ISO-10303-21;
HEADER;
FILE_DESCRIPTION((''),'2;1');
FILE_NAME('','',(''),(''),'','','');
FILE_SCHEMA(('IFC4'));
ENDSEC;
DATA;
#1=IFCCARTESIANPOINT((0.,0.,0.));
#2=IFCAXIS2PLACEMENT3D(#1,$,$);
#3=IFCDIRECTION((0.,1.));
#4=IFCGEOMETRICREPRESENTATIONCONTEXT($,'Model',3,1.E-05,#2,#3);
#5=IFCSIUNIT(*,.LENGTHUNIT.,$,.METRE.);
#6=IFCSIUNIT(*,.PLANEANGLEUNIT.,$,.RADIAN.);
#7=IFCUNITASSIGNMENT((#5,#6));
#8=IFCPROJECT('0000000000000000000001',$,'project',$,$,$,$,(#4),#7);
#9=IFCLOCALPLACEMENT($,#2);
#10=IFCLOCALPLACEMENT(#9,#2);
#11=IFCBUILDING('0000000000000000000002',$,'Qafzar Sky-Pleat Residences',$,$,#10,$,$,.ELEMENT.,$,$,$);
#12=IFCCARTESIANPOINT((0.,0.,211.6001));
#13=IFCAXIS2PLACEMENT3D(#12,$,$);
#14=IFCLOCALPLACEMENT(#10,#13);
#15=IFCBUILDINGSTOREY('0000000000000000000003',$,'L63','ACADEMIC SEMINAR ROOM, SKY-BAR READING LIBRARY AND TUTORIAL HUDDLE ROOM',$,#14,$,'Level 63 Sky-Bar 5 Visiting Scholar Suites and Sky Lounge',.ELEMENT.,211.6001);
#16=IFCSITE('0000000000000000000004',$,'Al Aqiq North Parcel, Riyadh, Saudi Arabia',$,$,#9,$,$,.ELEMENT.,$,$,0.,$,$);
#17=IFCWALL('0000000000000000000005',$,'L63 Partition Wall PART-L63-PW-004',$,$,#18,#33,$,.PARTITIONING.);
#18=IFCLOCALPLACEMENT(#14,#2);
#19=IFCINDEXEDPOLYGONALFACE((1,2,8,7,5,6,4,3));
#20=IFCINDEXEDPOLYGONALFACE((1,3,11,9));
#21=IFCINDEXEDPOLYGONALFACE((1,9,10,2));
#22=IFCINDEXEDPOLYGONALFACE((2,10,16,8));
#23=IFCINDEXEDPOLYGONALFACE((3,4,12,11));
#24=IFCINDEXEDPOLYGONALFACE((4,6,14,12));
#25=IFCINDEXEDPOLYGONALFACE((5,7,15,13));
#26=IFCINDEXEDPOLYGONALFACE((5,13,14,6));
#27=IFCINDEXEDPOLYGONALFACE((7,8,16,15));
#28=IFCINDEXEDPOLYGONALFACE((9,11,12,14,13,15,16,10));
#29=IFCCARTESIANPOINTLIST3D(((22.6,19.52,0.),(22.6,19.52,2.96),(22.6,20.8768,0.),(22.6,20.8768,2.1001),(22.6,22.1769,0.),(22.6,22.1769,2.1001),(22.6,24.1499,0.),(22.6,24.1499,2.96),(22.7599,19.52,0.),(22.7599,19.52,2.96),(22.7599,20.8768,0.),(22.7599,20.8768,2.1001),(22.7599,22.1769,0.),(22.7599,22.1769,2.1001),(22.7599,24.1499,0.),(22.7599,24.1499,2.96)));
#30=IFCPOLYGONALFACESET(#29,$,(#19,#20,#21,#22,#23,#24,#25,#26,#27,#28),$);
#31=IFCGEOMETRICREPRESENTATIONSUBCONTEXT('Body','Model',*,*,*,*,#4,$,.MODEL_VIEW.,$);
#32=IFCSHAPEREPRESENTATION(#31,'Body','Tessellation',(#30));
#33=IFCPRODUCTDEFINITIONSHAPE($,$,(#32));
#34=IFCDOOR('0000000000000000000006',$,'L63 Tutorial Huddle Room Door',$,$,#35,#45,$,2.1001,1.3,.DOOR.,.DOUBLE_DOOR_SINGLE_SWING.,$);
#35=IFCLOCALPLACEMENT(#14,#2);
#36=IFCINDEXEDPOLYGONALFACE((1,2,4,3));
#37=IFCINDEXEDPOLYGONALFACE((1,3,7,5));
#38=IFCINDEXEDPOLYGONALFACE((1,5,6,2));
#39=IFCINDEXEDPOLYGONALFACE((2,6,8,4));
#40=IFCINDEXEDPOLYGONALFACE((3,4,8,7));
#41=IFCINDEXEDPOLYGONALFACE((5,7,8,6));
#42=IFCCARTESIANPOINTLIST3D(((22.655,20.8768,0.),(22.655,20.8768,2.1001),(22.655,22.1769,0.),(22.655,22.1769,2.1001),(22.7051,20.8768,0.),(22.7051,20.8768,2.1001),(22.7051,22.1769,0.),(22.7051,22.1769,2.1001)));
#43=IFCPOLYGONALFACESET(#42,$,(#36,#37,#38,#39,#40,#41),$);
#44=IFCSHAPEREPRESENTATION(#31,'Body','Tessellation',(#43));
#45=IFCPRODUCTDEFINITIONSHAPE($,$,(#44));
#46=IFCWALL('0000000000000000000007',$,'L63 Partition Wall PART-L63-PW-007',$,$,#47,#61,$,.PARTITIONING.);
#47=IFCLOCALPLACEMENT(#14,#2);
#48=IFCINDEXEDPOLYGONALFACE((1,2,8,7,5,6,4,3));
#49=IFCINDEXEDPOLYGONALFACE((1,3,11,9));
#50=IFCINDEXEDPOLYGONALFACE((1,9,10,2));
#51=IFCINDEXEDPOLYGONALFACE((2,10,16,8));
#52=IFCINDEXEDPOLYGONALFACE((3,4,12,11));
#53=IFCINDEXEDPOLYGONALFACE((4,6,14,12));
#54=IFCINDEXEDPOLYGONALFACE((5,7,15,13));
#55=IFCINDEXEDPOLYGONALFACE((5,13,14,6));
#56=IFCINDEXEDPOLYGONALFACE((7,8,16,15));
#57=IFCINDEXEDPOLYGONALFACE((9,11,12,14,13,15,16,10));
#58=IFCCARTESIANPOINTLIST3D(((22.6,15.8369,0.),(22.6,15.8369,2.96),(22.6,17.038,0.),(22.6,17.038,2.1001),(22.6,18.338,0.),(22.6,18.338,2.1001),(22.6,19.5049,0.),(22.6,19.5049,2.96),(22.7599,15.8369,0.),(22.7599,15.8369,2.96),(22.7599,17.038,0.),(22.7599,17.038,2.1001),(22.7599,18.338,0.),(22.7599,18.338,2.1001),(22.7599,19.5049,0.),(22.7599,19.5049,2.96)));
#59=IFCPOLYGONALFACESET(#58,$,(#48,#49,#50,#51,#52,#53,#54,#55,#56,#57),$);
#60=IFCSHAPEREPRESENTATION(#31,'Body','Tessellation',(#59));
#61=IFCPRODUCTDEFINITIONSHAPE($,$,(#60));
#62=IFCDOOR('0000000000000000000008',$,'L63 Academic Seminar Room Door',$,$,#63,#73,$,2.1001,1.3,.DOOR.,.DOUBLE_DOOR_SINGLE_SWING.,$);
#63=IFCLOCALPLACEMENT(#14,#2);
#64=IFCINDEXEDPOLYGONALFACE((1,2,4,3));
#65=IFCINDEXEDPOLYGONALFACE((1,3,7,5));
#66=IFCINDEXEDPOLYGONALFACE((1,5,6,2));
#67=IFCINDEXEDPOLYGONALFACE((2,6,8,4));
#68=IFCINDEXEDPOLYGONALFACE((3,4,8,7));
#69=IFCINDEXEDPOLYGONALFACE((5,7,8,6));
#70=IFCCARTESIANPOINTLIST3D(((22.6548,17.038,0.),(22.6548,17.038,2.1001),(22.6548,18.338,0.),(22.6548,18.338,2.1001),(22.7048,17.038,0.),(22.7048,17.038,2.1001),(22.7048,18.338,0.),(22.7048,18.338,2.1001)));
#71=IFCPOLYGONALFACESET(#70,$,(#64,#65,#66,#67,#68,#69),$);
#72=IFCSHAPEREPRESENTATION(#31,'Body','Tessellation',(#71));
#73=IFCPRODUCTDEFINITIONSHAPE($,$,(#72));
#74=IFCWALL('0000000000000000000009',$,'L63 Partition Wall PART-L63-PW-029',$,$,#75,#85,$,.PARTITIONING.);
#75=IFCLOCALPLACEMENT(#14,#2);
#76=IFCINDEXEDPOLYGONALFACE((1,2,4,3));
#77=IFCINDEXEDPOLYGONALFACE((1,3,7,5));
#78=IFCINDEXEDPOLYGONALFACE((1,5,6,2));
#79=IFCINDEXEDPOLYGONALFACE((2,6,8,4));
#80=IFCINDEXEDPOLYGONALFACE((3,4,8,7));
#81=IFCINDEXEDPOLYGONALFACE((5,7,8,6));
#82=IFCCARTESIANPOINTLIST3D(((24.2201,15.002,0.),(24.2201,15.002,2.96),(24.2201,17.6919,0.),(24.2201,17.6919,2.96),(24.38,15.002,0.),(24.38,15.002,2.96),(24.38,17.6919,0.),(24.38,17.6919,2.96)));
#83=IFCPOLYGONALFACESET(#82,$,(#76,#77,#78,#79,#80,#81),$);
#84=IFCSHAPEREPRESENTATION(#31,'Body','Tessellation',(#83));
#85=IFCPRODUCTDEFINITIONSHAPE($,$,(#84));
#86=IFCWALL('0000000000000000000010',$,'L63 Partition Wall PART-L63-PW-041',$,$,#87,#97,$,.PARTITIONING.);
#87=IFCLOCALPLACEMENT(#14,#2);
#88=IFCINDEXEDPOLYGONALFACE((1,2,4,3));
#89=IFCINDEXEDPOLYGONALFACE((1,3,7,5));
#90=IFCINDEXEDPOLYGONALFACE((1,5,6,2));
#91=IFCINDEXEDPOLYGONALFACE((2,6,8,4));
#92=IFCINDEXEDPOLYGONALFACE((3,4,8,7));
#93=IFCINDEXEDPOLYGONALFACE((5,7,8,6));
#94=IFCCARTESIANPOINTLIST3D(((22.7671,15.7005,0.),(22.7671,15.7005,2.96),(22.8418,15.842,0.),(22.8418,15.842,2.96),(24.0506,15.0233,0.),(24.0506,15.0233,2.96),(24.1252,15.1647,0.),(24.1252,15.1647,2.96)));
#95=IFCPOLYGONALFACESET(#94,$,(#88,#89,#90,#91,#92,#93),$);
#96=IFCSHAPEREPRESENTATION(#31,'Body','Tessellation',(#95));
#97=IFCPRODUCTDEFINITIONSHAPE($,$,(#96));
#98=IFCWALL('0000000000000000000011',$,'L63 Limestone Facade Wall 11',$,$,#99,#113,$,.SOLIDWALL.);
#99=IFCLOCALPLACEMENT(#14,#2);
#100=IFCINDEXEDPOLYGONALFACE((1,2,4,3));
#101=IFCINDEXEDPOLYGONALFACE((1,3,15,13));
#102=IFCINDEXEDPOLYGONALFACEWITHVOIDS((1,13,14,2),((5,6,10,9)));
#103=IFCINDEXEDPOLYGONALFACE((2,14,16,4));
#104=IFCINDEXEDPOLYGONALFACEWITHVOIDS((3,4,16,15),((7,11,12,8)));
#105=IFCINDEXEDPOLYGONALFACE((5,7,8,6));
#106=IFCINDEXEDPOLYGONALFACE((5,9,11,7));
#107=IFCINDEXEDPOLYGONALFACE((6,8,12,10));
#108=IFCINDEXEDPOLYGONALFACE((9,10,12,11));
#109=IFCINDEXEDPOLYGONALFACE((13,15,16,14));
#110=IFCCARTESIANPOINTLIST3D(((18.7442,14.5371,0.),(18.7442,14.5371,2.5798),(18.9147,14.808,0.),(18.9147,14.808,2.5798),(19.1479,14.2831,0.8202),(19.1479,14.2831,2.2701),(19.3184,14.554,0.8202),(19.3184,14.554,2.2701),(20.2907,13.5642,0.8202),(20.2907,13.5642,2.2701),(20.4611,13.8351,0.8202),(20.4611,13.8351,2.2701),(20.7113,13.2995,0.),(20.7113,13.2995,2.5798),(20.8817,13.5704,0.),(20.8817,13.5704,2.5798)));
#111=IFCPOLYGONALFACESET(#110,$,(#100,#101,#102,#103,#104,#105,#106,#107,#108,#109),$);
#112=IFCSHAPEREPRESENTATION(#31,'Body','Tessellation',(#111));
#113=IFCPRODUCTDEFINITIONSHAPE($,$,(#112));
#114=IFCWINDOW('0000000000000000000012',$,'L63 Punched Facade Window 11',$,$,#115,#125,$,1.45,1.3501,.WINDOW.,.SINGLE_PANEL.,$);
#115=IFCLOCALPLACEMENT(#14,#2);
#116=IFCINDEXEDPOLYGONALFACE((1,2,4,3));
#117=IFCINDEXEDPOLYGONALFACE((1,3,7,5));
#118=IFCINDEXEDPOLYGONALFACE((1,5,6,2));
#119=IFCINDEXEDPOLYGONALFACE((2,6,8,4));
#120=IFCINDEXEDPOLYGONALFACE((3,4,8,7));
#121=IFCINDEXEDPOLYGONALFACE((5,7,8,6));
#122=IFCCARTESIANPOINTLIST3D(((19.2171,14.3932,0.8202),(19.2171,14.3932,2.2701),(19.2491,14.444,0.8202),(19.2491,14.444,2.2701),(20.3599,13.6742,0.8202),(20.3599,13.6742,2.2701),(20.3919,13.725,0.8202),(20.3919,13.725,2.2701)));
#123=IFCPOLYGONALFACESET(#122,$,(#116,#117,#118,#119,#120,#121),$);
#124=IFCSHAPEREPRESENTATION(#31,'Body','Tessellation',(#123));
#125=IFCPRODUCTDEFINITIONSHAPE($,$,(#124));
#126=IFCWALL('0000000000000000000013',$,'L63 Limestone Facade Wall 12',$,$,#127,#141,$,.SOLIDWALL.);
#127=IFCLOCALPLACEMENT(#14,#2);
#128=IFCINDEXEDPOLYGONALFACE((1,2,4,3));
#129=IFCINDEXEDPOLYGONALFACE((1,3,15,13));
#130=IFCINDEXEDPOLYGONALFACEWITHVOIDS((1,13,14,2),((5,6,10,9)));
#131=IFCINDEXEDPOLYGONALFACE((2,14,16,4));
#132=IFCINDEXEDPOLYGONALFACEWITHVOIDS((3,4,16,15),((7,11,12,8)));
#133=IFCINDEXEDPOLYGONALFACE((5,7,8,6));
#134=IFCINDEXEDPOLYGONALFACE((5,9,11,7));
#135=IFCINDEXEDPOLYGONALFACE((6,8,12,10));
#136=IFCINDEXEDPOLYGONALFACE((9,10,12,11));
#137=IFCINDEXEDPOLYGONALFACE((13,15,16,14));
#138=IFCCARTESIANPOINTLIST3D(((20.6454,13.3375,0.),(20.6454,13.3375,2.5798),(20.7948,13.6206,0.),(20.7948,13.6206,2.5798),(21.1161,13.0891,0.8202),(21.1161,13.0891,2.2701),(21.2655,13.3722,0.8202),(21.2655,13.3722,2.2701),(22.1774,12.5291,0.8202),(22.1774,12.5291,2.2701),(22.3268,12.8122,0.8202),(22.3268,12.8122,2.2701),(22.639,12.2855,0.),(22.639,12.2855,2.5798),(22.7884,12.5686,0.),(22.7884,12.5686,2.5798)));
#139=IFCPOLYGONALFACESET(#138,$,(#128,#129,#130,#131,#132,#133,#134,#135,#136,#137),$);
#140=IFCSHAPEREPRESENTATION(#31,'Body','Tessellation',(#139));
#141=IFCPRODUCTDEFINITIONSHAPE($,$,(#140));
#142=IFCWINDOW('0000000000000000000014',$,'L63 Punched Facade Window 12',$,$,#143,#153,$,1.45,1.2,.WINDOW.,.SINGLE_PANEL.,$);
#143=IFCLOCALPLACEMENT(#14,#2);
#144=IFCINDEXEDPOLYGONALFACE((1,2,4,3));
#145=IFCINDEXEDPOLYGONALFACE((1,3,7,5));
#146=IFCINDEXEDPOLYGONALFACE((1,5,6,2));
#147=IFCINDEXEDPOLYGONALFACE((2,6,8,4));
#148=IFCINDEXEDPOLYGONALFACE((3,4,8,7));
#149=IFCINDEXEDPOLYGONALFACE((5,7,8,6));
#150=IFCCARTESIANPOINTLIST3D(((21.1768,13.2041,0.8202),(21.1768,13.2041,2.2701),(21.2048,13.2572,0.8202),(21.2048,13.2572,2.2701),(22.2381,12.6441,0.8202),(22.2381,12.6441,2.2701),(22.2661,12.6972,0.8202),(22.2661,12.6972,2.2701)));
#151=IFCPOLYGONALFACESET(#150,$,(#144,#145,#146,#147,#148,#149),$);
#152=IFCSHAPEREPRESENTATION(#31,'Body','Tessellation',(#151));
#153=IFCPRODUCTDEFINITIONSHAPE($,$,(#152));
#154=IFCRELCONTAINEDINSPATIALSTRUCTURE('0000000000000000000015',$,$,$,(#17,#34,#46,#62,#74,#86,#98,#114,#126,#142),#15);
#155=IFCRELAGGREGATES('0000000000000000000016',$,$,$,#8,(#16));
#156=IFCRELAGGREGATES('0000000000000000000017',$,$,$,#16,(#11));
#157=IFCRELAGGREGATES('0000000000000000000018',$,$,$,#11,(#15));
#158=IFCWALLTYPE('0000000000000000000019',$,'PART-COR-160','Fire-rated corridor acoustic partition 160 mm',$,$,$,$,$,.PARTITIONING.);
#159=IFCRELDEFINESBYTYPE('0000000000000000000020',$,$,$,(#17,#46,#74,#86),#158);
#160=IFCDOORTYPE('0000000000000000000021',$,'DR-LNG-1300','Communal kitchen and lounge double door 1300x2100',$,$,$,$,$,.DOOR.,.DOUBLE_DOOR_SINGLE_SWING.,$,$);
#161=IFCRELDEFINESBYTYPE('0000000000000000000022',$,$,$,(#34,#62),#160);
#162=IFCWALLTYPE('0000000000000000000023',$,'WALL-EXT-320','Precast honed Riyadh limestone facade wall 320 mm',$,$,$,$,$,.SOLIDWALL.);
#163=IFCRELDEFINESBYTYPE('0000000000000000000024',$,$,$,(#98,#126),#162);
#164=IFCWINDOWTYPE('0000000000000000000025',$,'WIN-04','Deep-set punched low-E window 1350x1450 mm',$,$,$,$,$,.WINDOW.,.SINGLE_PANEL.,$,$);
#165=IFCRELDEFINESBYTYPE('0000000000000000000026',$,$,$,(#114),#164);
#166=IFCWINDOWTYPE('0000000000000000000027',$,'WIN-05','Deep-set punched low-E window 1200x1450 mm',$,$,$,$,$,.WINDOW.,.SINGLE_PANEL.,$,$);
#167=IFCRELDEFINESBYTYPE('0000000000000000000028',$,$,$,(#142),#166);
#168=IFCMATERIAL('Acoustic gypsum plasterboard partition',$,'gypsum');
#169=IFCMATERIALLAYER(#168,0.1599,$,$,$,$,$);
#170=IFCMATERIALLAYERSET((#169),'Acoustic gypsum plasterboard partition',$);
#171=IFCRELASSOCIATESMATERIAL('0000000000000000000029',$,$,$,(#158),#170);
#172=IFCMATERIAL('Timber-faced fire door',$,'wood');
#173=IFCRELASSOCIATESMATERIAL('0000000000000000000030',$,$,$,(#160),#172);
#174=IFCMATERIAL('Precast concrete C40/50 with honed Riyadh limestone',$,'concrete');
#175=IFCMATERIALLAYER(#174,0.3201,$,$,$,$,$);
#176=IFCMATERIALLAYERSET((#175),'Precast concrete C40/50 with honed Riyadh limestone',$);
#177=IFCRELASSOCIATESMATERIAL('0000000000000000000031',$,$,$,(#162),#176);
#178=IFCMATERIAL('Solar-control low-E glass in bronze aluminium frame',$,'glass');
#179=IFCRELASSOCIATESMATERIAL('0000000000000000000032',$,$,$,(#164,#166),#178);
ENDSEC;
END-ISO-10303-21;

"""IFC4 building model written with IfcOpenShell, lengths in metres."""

from ifc_helpers import new_model, si_unit, direction, frame, frame_2d, origin, place, context, subcontext, project, spatial, rectangle, extrude, source, transform, mapped, material, layer, layer_set, type_object, element, fill, save


model = new_model("IFC4")

# Units and contexts
model_context = context("Model", 3, precision=1e-05, world=origin(), true_north=direction((0.0, 1.0)))
body_context = subcontext(model_context, "Body", "Model", "MODEL_VIEW")
ifc_project = project(units=[si_unit("LENGTHUNIT", "METRE"), si_unit("PLANEANGLEUNIT", "RADIAN")], contexts=[model_context])

# Site, building, storey
site_placement = place(None, origin())
site = spatial("IfcSite", under=ifc_project, at=site_placement, Name="Al Aqiq North Parcel, Riyadh, Saudi Arabia", CompositionType="ELEMENT", RefElevation=0.0)
building_placement = place(site_placement, origin())
building = spatial("IfcBuilding", under=site, at=building_placement, Name="Qafzar Sky-Pleat Residences", CompositionType="ELEMENT")
storey_placement = place(building_placement, frame((0.0, 0.0, 211.6001)))
storey = spatial("IfcBuildingStorey", under=building, at=storey_placement, Name="L63", Description="ACADEMIC SEMINAR ROOM, SKY-BAR READING LIBRARY AND TUTORIAL HUDDLE ROOM", LongName="Level 63 Sky-Bar 5 Visiting Scholar Suites and Sky Lounge", CompositionType="ELEMENT", Elevation=211.6001)

# Walls, openings, doors
ifc_material_1 = material(Name="Acoustic gypsum plasterboard partition", Category="gypsum")
ifc_layer_1 = layer(ifc_material_1, 0.1599)
ifc_layer_set_1 = layer_set([ifc_layer_1], Name="Acoustic gypsum plasterboard partition")
wall_type_1 = type_object("IfcWallType", Name="PART-COR-160", Description="Fire-rated corridor acoustic partition 160 mm", PredefinedType="PARTITIONING", material=ifc_layer_set_1)
wall_1_placement = place(storey_placement, frame((22.6799, 19.52, 0.0), z_axis=(0.0, 0.0, 1.0), x_axis=(0.0, 1.0, 0.0)))
wall_1 = element("IfcWall", 1, at=wall_1_placement, inside=storey, type_object=wall_type_1, Name="L63 Partition Wall PART-L63-PW-004", PredefinedType="PARTITIONING", context=body_context, shape_type="SweptSolid", body=[
    extrude(rectangle(XDim=4.6299, YDim=0.1599, at=frame_2d((2.3149, 0.0))), origin(), (0.0, 0.0, 1.0), 2.96),
])
opening_1_placement = place(wall_1_placement, frame((1.3569, 0.0, 0.0)))
opening_1 = element("IfcOpeningElement", 2, at=opening_1_placement, cuts=wall_1, PredefinedType="OPENING", context=body_context, shape_type="SweptSolid", body=[
    extrude(rectangle(XDim=1.3, YDim=2.1001, at=frame_2d((0.6499, 1.05))), frame((0.0, 0.0898, 0.0), z_axis=(0.0, -1.0, 0.0), x_axis=(1.0, 0.0, 0.0)), (0.0, 0.0, 1.0), 0.1799),
])
ifc_material_2 = material(Name="Timber-faced fire door", Category="wood")
door_type_1 = type_object("IfcDoorType", Name="DR-LNG-1300", Description="Communal kitchen and lounge double door 1300x2100", OperationType="DOUBLE_DOOR_SINGLE_SWING", PredefinedType="DOOR", material=ifc_material_2)
shared_shape_1 = source(origin(), body_context, "Body", "SweptSolid", [
    extrude(rectangle(XDim=1.3, YDim=2.1001, at=frame_2d((0.6499, 1.05))), frame((0.0, 0.0249, 0.0), z_axis=(0.0, -1.0, 0.0), x_axis=(1.0, 0.0, 0.0)), (0.0, 0.0, 1.0), 0.05),
])
door_1_placement = place(opening_1_placement, origin())
door_1 = element("IfcDoor", 3, at=door_1_placement, inside=storey, type_object=door_type_1, Name="L63 Tutorial Huddle Room Door", OperationType="DOUBLE_DOOR_SINGLE_SWING", OverallHeight=2.1001, OverallWidth=1.3, PredefinedType="DOOR", context=body_context, shape_type="MappedRepresentation", body=[
    mapped(shared_shape_1, transform((0.0, 0.0, 0.0), x_axis=(1.0, 0.0, 0.0), y_axis=(0.0, 1.0, 0.0), z_axis=(0.0, 0.0, 1.0), scale=1.0)),
])
fill(opening_1, door_1)
wall_2_placement = place(storey_placement, frame((22.6799, 19.5049, 0.0), z_axis=(0.0, 0.0, 1.0), x_axis=(0.0, -1.0, 0.0)))
wall_2 = element("IfcWall", 4, at=wall_2_placement, inside=storey, type_object=wall_type_1, Name="L63 Partition Wall PART-L63-PW-007", PredefinedType="PARTITIONING", context=body_context, shape_type="SweptSolid", body=[
    extrude(rectangle(XDim=3.668, YDim=0.1599, at=frame_2d((1.834, 0.0))), origin(), (0.0, 0.0, 1.0), 2.96),
])
opening_2_placement = place(wall_2_placement, frame((1.167, 0.0, 0.0)))
opening_2 = element("IfcOpeningElement", 5, at=opening_2_placement, cuts=wall_2, PredefinedType="OPENING", context=body_context, shape_type="SweptSolid", body=[
    extrude(rectangle(XDim=1.3, YDim=2.1001, at=frame_2d((0.6499, 1.05))), frame((0.0, 0.0898, 0.0), z_axis=(0.0, -1.0, 0.0), x_axis=(1.0, 0.0, 0.0)), (0.0, 0.0, 1.0), 0.1799),
])
door_2_placement = place(opening_2_placement, origin())
door_2 = element("IfcDoor", 6, at=door_2_placement, inside=storey, type_object=door_type_1, Name="L63 Academic Seminar Room Door", OperationType="DOUBLE_DOOR_SINGLE_SWING", OverallHeight=2.1001, OverallWidth=1.3, PredefinedType="DOOR", context=body_context, shape_type="MappedRepresentation", body=[
    mapped(shared_shape_1, transform((0.0, 0.0, 0.0), x_axis=(1.0, 0.0, 0.0), y_axis=(0.0, 1.0, 0.0), z_axis=(0.0, 0.0, 1.0), scale=1.0)),
])
fill(opening_2, door_2)

# Walls
wall_3_placement = place(storey_placement, frame((24.3, 15.002, 0.0), z_axis=(0.0, 0.0, 1.0), x_axis=(0.0, 1.0, 0.0)))
element("IfcWall", 7, at=wall_3_placement, inside=storey, type_object=wall_type_1, Name="L63 Partition Wall PART-L63-PW-029", PredefinedType="PARTITIONING", context=body_context, shape_type="SweptSolid", body=[
    extrude(rectangle(XDim=2.6899, YDim=0.1599, at=frame_2d((1.345, 0.0))), origin(), (0.0, 0.0, 1.0), 2.96),
])
wall_4_placement = place(storey_placement, frame((22.8044, 15.7712, 0.0), z_axis=(0.0, 0.0, 1.0), x_axis=(0.884421, -0.466689, 0.0)))
element("IfcWall", 8, at=wall_4_placement, inside=storey, type_object=wall_type_1, Name="L63 Partition Wall PART-L63-PW-041", PredefinedType="PARTITIONING", context=body_context, shape_type="SweptSolid", body=[
    extrude(rectangle(XDim=1.4512, YDim=0.1599, at=frame_2d((0.7256, 0.0))), origin(), (0.0, 0.0, 1.0), 2.96),
])

# Walls, openings, windows
ifc_material_3 = material(Name="Precast concrete C40/50 with honed Riyadh limestone", Category="concrete")
ifc_layer_2 = layer(ifc_material_3, 0.3201)
ifc_layer_set_2 = layer_set([ifc_layer_2], Name="Precast concrete C40/50 with honed Riyadh limestone")
wall_type_2 = type_object("IfcWallType", Name="WALL-EXT-320", Description="Precast honed Riyadh limestone facade wall 320 mm", PredefinedType="SOLIDWALL", material=ifc_layer_set_2)
wall_5_placement = place(storey_placement, frame((18.8293, 14.6726, 0.0), z_axis=(0.0, 0.0, 1.0), x_axis=(0.846419, -0.532518, 0.0)))
wall_5 = element("IfcWall", 9, at=wall_5_placement, inside=storey, type_object=wall_type_2, Name="L63 Limestone Facade Wall 11", PredefinedType="SOLIDWALL", context=body_context, shape_type="SweptSolid", body=[
    extrude(rectangle(XDim=2.324, YDim=0.3201, at=frame_2d((1.1621, 0.0))), origin(), (0.0, 0.0, 1.0), 2.5798),
])
opening_3_placement = place(wall_5_placement, frame((0.4771, 0.0, 0.8201)))
opening_3 = element("IfcOpeningElement", 10, at=opening_3_placement, cuts=wall_5, PredefinedType="OPENING", context=body_context, shape_type="SweptSolid", body=[
    extrude(rectangle(XDim=1.3501, YDim=1.45, at=frame_2d((0.675, 0.7251))), frame((0.0, 0.1699, 0.0), z_axis=(0.0, -1.0, 0.0), x_axis=(1.0, 0.0, 0.0)), (0.0, 0.0, 1.0), 0.3401),
])
ifc_material_4 = material(Name="Solar-control low-E glass in bronze aluminium frame", Category="glass")
window_type_1 = type_object("IfcWindowType", Name="WIN-04", Description="Deep-set punched low-E window 1350x1450 mm", PartitioningType="SINGLE_PANEL", PredefinedType="WINDOW", material=ifc_material_4)
shared_shape_2 = source(origin(), body_context, "Body", "SweptSolid", [
    extrude(rectangle(XDim=1.3501, YDim=1.45, at=frame_2d((0.675, 0.7251))), frame((0.0, 0.03, 0.0), z_axis=(0.0, -1.0, 0.0), x_axis=(1.0, 0.0, 0.0)), (0.0, 0.0, 1.0), 0.0601),
])
window_1_placement = place(opening_3_placement, origin())
window_1 = element("IfcWindow", 11, at=window_1_placement, inside=storey, type_object=window_type_1, Name="L63 Punched Facade Window 11", OverallHeight=1.45, OverallWidth=1.3501, PartitioningType="SINGLE_PANEL", PredefinedType="WINDOW", context=body_context, shape_type="MappedRepresentation", body=[
    mapped(shared_shape_2, transform((0.0, 0.0, 0.0), x_axis=(1.0, 0.0, 0.0), y_axis=(0.0, 1.0, 0.0), z_axis=(0.0, 0.0, 1.0), scale=1.0)),
])
fill(opening_3, window_1)
wall_6_placement = place(storey_placement, frame((20.7202, 13.479, 0.0), z_axis=(0.0, 0.0, 1.0), x_axis=(0.884422, -0.466688, 0.0)))
wall_6 = element("IfcWall", 12, at=wall_6_placement, inside=storey, type_object=wall_type_2, Name="L63 Limestone Facade Wall 12", PredefinedType="SOLIDWALL", context=body_context, shape_type="SweptSolid", body=[
    extrude(rectangle(XDim=2.2542, YDim=0.3201, at=frame_2d((1.127, 0.0))), origin(), (0.0, 0.0, 1.0), 2.5798),
])
opening_4_placement = place(wall_6_placement, frame((0.532, 0.0, 0.8201)))
opening_4 = element("IfcOpeningElement", 13, at=opening_4_placement, cuts=wall_6, PredefinedType="OPENING", context=body_context, shape_type="SweptSolid", body=[
    extrude(rectangle(XDim=1.2, YDim=1.45, at=frame_2d((0.6001, 0.7251))), frame((0.0, 0.1699, 0.0), z_axis=(0.0, -1.0, 0.0), x_axis=(1.0, 0.0, 0.0)), (0.0, 0.0, 1.0), 0.3401),
])
window_type_2 = type_object("IfcWindowType", Name="WIN-05", Description="Deep-set punched low-E window 1200x1450 mm", PartitioningType="SINGLE_PANEL", PredefinedType="WINDOW", material=ifc_material_4)
shared_shape_3 = source(origin(), body_context, "Body", "SweptSolid", [
    extrude(rectangle(XDim=1.2, YDim=1.45, at=frame_2d((0.6001, 0.7251))), frame((0.0, 0.03, 0.0), z_axis=(0.0, -1.0, 0.0), x_axis=(1.0, 0.0, 0.0)), (0.0, 0.0, 1.0), 0.0601),
])
window_2_placement = place(opening_4_placement, origin())
window_2 = element("IfcWindow", 14, at=window_2_placement, inside=storey, type_object=window_type_2, Name="L63 Punched Facade Window 12", OverallHeight=1.45, OverallWidth=1.2, PartitioningType="SINGLE_PANEL", PredefinedType="WINDOW", context=body_context, shape_type="MappedRepresentation", body=[
    mapped(shared_shape_3, transform((0.0, 0.0, 0.0), x_axis=(1.0, 0.0, 0.0), y_axis=(0.0, 1.0, 0.0), z_axis=(0.0, 0.0, 1.0), scale=1.0)),
])
fill(opening_4, window_2)

save(model, "model.ifc")
